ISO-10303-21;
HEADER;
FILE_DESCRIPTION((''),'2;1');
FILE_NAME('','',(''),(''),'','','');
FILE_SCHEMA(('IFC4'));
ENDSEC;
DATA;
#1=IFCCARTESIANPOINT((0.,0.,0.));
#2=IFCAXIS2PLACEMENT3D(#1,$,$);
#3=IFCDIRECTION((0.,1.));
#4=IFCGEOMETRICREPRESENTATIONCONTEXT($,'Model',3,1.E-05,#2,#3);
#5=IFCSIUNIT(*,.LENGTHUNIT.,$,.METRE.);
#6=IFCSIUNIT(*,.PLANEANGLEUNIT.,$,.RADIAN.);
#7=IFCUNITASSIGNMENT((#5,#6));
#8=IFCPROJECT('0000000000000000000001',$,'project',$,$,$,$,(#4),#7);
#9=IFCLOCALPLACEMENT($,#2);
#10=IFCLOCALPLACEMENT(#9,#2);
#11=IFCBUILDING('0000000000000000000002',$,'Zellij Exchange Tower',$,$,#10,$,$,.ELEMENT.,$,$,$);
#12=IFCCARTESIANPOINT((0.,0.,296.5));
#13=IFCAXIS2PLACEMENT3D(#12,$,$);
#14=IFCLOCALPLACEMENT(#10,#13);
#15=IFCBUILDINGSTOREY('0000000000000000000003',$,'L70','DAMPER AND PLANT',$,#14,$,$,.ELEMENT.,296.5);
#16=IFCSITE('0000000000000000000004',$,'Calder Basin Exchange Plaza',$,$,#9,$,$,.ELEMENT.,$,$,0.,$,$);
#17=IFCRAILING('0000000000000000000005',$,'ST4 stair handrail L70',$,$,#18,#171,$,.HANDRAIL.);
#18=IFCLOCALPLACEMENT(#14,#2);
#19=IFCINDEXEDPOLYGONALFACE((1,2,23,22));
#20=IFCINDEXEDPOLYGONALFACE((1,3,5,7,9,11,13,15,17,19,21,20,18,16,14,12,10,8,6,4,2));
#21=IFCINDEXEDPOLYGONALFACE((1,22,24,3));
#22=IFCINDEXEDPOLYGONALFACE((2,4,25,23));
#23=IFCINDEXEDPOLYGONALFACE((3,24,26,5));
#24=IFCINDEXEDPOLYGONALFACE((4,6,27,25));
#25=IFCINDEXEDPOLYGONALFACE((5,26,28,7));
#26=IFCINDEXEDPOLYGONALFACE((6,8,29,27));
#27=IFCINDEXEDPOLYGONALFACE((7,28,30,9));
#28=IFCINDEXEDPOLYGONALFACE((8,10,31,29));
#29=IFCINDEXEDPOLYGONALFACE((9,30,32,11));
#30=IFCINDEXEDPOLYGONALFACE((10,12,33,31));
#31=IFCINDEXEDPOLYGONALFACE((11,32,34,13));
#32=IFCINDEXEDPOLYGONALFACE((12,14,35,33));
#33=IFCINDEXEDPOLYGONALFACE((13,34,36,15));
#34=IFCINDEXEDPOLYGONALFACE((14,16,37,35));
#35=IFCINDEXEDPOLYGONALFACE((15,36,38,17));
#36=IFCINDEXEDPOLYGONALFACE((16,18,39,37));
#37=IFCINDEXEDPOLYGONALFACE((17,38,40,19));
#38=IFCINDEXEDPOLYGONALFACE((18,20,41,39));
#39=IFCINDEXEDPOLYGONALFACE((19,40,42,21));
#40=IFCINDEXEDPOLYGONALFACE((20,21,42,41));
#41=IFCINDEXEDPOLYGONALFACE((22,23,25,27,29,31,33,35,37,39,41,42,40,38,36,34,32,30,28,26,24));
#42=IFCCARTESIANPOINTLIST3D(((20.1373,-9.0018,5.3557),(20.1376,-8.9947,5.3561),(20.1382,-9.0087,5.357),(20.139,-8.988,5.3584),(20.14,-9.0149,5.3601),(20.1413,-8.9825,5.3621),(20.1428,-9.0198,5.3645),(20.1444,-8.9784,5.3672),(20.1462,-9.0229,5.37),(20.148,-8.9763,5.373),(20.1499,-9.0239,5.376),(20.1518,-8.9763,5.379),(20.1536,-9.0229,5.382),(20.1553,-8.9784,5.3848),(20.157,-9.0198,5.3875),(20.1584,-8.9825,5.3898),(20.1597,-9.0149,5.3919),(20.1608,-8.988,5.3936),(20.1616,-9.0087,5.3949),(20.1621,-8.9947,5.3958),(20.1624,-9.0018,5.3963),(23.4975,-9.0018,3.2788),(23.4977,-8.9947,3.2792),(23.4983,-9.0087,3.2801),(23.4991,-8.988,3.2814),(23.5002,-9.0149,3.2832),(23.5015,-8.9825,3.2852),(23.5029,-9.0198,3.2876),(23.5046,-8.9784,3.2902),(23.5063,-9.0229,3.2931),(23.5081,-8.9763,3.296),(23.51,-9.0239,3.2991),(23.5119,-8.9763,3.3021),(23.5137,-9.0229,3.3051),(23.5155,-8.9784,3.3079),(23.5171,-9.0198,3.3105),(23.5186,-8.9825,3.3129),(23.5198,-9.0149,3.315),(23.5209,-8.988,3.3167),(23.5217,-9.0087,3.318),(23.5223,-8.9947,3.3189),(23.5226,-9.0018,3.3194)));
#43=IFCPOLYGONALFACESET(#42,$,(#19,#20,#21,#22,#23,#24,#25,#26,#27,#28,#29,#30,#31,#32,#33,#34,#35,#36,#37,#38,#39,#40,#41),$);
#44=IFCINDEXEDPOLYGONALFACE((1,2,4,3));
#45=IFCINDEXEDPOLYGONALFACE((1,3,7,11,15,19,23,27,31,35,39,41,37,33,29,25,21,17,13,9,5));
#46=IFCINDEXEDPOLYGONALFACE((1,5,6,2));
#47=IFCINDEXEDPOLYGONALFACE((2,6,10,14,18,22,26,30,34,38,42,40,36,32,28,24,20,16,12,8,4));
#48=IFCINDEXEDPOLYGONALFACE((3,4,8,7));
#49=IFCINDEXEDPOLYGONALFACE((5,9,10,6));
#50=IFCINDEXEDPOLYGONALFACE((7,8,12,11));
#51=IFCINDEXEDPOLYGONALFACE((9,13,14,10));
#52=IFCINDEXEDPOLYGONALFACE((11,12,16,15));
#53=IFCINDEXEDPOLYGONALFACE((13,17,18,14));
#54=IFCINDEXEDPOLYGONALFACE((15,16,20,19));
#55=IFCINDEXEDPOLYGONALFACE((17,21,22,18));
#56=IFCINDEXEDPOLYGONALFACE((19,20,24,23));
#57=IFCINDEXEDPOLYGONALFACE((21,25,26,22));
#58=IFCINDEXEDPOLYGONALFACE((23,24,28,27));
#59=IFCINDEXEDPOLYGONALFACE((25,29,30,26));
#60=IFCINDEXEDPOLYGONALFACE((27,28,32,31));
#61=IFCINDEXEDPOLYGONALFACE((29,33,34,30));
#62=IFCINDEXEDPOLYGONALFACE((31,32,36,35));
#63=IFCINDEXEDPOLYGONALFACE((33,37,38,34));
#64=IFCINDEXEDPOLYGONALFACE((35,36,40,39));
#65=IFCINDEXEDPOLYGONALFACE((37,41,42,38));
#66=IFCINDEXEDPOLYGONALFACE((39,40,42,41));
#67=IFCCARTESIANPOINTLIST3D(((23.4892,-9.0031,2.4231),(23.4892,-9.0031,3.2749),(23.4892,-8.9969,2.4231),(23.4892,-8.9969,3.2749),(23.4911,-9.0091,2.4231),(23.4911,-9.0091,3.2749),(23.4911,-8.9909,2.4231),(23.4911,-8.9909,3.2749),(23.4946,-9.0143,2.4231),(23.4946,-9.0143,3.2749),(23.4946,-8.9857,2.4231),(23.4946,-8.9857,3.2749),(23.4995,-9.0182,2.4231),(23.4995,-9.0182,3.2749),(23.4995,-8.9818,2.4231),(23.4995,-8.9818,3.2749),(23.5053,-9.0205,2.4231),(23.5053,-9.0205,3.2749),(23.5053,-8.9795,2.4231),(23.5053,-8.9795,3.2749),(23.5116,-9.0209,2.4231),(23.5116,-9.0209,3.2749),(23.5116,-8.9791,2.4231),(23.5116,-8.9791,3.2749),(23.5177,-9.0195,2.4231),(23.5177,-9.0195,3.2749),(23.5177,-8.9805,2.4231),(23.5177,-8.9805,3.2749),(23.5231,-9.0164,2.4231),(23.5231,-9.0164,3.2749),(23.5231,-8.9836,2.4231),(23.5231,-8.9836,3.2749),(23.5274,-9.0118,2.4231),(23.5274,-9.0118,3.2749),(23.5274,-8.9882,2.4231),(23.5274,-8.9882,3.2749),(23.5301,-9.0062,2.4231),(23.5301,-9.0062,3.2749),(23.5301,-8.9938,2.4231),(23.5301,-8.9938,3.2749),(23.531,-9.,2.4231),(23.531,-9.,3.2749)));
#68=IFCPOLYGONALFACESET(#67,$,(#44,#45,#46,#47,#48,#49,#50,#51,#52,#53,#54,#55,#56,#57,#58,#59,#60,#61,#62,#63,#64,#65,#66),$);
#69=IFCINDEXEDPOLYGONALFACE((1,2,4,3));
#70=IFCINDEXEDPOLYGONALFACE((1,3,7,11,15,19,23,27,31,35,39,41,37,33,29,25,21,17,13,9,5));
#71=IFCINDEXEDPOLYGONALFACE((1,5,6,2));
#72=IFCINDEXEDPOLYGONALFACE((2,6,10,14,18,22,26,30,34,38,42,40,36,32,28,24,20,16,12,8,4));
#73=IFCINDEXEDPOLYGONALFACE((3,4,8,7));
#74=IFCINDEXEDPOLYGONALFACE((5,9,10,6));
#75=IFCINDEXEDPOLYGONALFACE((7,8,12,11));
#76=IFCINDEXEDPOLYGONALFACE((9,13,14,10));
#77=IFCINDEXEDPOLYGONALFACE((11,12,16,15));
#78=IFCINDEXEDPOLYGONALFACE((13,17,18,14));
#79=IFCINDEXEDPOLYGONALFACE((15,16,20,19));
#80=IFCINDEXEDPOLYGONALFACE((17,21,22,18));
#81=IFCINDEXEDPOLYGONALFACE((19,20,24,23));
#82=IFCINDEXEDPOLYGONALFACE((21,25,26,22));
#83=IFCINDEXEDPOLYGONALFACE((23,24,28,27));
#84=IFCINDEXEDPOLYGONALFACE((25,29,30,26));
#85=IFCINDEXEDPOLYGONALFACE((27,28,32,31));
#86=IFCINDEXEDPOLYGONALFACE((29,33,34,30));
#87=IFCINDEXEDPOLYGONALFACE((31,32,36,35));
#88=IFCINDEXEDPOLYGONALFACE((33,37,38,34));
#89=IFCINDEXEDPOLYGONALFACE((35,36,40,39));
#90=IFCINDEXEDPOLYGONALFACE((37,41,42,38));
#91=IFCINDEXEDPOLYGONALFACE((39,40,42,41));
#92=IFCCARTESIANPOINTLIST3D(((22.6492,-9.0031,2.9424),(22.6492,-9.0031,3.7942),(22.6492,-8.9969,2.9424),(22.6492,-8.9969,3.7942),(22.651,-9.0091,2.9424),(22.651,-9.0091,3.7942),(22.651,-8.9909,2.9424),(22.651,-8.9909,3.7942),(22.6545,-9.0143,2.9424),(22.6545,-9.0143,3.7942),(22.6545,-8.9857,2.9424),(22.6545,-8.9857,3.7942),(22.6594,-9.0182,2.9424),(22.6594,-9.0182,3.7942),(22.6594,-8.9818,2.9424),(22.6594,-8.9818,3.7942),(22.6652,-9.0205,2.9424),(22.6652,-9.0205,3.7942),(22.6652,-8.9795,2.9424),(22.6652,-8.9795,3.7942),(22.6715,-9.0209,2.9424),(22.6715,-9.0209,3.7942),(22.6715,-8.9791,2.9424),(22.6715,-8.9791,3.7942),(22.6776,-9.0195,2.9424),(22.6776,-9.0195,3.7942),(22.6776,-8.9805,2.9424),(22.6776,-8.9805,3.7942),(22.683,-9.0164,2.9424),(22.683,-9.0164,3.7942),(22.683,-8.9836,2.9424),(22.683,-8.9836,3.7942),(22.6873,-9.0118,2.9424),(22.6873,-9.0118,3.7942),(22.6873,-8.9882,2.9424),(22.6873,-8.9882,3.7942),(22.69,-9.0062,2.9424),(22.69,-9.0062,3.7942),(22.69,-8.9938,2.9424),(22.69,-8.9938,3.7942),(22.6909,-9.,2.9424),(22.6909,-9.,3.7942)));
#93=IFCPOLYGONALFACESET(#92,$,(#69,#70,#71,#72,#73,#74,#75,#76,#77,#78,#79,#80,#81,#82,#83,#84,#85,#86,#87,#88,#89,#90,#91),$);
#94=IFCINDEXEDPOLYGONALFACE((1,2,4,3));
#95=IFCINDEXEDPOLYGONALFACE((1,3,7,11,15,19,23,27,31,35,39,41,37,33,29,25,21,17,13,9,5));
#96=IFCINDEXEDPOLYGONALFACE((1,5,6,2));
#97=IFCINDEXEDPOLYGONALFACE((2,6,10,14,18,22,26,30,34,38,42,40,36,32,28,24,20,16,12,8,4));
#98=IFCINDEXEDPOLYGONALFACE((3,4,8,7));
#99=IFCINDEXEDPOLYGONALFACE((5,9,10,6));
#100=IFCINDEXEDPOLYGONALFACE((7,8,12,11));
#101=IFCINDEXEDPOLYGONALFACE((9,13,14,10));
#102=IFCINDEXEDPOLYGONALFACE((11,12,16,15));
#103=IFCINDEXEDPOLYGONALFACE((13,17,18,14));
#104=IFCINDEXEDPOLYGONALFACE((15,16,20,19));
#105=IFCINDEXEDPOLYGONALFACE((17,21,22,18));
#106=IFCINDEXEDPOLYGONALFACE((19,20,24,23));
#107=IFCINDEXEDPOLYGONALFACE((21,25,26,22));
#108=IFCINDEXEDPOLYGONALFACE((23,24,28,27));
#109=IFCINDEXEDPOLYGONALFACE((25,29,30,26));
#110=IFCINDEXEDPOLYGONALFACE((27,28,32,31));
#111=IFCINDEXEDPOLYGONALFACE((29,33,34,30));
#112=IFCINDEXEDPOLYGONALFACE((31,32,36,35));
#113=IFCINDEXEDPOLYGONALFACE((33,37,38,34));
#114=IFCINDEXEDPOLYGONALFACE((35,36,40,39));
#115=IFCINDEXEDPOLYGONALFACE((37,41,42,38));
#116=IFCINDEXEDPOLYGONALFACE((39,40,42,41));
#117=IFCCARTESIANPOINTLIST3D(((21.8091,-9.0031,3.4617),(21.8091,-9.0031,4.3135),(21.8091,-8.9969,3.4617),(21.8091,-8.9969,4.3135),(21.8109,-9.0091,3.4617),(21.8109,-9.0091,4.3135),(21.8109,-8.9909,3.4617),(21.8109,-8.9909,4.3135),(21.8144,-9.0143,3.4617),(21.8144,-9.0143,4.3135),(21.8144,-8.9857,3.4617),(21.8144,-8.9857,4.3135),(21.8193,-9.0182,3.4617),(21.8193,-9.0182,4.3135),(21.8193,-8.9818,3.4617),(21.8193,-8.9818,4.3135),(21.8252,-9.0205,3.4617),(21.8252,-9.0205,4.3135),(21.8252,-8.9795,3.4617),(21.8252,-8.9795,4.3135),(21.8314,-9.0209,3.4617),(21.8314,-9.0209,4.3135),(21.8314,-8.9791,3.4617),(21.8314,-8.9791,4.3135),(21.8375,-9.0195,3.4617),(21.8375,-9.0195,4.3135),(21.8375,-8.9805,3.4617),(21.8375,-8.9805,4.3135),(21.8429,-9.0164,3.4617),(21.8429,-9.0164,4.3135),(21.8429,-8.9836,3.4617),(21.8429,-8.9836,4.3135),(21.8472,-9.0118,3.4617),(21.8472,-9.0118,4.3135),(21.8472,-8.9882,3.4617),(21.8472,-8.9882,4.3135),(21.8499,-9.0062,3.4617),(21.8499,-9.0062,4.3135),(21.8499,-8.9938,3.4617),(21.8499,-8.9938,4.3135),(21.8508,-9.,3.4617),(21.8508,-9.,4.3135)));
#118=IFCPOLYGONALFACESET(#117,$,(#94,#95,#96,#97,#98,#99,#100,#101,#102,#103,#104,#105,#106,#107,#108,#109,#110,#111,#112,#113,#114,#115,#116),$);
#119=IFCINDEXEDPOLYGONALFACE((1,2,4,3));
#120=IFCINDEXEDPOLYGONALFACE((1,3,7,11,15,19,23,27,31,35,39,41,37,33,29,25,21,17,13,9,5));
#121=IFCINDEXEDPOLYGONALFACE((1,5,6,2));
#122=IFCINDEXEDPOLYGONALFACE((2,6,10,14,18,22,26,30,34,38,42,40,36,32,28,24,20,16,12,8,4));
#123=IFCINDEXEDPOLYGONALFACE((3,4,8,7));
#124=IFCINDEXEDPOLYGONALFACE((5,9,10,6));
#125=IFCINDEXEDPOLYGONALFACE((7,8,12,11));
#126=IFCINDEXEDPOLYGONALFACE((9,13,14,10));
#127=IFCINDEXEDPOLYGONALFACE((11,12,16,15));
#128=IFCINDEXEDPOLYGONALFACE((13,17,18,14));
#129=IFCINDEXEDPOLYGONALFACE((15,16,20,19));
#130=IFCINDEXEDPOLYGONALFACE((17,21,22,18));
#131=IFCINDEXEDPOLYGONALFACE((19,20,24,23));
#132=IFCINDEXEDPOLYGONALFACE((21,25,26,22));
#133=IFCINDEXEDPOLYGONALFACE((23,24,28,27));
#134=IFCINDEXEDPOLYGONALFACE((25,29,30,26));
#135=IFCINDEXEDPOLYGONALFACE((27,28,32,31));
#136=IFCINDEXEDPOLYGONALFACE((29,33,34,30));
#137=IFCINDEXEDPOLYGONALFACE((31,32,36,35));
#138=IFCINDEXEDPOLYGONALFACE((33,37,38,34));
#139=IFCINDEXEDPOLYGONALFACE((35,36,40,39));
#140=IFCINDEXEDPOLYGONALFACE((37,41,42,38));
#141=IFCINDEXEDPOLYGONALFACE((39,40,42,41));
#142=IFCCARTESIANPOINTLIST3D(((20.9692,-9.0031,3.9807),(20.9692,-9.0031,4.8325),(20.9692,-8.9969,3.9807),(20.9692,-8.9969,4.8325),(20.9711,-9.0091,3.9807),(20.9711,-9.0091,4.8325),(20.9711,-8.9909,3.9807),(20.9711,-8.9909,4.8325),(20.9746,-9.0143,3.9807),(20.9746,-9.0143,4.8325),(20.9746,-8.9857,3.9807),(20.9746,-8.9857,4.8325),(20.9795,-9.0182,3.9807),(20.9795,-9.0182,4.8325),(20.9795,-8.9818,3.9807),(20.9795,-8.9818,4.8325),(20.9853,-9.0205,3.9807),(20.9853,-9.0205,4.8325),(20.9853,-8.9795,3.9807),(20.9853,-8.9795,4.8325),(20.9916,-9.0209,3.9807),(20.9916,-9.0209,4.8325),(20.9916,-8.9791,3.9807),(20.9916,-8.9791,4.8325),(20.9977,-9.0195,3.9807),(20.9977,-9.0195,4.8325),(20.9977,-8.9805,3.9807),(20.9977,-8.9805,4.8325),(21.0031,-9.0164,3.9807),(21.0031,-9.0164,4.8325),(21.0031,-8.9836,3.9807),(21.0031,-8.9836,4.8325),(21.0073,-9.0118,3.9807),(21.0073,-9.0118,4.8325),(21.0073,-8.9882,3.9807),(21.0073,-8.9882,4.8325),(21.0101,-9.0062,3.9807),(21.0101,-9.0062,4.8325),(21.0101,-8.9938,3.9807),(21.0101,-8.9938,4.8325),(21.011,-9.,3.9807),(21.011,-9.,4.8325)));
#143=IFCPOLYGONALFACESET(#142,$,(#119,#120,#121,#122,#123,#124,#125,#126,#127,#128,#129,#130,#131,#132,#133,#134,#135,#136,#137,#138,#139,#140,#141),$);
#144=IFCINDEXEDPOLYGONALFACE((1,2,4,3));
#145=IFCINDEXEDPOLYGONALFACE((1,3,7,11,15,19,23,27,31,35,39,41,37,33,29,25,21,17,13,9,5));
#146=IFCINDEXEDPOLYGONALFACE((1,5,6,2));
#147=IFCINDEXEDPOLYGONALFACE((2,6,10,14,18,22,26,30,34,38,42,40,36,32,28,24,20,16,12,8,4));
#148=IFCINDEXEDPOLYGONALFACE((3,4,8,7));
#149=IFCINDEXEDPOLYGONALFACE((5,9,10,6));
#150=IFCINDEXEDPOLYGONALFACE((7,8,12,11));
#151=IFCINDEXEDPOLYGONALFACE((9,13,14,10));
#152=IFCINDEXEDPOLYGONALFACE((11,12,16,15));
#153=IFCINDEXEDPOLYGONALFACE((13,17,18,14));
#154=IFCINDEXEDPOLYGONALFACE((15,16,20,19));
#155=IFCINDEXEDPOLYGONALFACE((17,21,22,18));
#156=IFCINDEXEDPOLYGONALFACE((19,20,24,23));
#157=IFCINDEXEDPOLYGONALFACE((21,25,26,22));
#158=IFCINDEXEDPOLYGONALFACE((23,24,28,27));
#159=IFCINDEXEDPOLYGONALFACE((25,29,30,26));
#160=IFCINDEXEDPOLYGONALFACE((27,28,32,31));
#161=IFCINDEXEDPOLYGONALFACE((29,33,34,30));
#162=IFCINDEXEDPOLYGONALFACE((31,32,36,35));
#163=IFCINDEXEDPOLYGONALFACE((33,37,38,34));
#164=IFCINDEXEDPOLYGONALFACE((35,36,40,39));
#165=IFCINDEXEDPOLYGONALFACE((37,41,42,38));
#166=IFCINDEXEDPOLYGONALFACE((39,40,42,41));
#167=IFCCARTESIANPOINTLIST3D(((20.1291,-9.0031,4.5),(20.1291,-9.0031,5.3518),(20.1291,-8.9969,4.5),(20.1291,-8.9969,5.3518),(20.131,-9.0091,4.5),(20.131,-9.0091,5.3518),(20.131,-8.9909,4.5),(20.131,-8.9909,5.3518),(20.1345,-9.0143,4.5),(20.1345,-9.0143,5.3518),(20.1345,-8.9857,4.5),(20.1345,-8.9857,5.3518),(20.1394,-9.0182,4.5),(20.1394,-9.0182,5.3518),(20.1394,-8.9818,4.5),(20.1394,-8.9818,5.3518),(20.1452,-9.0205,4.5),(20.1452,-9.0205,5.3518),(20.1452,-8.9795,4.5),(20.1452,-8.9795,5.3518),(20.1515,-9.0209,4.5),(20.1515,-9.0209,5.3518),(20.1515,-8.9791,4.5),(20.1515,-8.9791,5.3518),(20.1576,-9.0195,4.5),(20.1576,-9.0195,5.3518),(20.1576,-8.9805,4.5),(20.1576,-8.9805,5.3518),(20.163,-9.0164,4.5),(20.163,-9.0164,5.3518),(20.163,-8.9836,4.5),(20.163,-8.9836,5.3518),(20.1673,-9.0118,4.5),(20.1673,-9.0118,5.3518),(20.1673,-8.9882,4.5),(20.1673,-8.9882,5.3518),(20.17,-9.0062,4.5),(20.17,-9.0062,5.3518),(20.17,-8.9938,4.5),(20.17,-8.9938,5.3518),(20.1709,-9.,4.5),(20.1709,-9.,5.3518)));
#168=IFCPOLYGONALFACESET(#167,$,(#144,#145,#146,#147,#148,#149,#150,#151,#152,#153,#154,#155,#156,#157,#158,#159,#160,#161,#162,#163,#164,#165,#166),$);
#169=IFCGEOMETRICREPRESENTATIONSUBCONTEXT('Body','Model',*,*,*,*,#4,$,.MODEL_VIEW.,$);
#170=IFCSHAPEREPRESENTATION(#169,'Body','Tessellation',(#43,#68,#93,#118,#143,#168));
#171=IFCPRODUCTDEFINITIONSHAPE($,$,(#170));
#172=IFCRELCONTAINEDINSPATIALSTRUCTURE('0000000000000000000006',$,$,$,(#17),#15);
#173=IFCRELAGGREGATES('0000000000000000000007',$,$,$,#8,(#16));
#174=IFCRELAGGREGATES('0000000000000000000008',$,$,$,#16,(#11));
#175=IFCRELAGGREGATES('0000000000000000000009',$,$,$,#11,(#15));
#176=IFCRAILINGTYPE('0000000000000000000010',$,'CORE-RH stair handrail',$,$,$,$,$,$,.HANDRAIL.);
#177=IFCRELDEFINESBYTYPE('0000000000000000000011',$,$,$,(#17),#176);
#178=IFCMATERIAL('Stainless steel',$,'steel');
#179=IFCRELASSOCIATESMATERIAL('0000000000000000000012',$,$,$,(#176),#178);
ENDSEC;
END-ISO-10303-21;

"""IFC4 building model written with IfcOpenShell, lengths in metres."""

from ifc_helpers import new_model, si_unit, direction, frame, origin, origin_2d, place, context, subcontext, project, spatial, circle, extrude, material, type_object, element, save


model = new_model("IFC4")

# Units and contexts
model_context = context("Model", 3, precision=1e-05, world=origin(), true_north=direction((0.0, 1.0)))
body_context = subcontext(model_context, "Body", "Model", "MODEL_VIEW")
ifc_project = project(units=[si_unit("LENGTHUNIT", "METRE"), si_unit("PLANEANGLEUNIT", "RADIAN")], contexts=[model_context])

# Site, building, storey
site_placement = place(None, origin())
site = spatial("IfcSite", under=ifc_project, at=site_placement, Name="Calder Basin Exchange Plaza", CompositionType="ELEMENT", RefElevation=0.0)
building_placement = place(site_placement, origin())
building = spatial("IfcBuilding", under=site, at=building_placement, Name="Zellij Exchange Tower", CompositionType="ELEMENT")
storey_placement = place(building_placement, frame((0.0, 0.0, 296.5)))
storey = spatial("IfcBuildingStorey", under=building, at=storey_placement, Name="L70", Description="DAMPER AND PLANT", CompositionType="ELEMENT", Elevation=296.5)

# Railing
ifc_material_1 = material(Name="Stainless steel", Category="steel")
railing_type_1 = type_object("IfcRailingType", Name="CORE-RH stair handrail", PredefinedType="HANDRAIL", material=ifc_material_1)
railing_1_placement = place(storey_placement, frame((23.51, -9.0, 2.4231)))
element("IfcRailing", 1, at=railing_1_placement, inside=storey, type_object=railing_type_1, Name="ST4 stair handrail L70", PredefinedType="HANDRAIL", context=body_context, shape_type="SweptSolid", body=[
    extrude(circle(Radius=0.0239, at=origin_2d()), frame((0.0, 0.0, 0.876), z_axis=(-0.850623, 0.0, 0.525776), x_axis=(0.0, -1.0, 0.0)), (0.0, 0.0, 1.0), 3.9502),
    extrude(circle(Radius=0.021, at=origin_2d()), origin(), (0.0, 0.0, 1.0), 0.8518),
    extrude(circle(Radius=0.021, at=origin_2d()), frame((-0.8401, 0.0, 0.5193)), (0.0, 0.0, 1.0), 0.8518),
    extrude(circle(Radius=0.021, at=origin_2d()), frame((-1.6802, 0.0, 1.0386)), (0.0, 0.0, 1.0), 0.8518),
    extrude(circle(Radius=0.021, at=origin_2d()), frame((-2.52, 0.0, 1.5576)), (0.0, 0.0, 1.0), 0.8518),
    extrude(circle(Radius=0.021, at=origin_2d()), frame((-3.3601, 0.0, 2.0769)), (0.0, 0.0, 1.0), 0.8518),
])

save(model, "model.ifc")
